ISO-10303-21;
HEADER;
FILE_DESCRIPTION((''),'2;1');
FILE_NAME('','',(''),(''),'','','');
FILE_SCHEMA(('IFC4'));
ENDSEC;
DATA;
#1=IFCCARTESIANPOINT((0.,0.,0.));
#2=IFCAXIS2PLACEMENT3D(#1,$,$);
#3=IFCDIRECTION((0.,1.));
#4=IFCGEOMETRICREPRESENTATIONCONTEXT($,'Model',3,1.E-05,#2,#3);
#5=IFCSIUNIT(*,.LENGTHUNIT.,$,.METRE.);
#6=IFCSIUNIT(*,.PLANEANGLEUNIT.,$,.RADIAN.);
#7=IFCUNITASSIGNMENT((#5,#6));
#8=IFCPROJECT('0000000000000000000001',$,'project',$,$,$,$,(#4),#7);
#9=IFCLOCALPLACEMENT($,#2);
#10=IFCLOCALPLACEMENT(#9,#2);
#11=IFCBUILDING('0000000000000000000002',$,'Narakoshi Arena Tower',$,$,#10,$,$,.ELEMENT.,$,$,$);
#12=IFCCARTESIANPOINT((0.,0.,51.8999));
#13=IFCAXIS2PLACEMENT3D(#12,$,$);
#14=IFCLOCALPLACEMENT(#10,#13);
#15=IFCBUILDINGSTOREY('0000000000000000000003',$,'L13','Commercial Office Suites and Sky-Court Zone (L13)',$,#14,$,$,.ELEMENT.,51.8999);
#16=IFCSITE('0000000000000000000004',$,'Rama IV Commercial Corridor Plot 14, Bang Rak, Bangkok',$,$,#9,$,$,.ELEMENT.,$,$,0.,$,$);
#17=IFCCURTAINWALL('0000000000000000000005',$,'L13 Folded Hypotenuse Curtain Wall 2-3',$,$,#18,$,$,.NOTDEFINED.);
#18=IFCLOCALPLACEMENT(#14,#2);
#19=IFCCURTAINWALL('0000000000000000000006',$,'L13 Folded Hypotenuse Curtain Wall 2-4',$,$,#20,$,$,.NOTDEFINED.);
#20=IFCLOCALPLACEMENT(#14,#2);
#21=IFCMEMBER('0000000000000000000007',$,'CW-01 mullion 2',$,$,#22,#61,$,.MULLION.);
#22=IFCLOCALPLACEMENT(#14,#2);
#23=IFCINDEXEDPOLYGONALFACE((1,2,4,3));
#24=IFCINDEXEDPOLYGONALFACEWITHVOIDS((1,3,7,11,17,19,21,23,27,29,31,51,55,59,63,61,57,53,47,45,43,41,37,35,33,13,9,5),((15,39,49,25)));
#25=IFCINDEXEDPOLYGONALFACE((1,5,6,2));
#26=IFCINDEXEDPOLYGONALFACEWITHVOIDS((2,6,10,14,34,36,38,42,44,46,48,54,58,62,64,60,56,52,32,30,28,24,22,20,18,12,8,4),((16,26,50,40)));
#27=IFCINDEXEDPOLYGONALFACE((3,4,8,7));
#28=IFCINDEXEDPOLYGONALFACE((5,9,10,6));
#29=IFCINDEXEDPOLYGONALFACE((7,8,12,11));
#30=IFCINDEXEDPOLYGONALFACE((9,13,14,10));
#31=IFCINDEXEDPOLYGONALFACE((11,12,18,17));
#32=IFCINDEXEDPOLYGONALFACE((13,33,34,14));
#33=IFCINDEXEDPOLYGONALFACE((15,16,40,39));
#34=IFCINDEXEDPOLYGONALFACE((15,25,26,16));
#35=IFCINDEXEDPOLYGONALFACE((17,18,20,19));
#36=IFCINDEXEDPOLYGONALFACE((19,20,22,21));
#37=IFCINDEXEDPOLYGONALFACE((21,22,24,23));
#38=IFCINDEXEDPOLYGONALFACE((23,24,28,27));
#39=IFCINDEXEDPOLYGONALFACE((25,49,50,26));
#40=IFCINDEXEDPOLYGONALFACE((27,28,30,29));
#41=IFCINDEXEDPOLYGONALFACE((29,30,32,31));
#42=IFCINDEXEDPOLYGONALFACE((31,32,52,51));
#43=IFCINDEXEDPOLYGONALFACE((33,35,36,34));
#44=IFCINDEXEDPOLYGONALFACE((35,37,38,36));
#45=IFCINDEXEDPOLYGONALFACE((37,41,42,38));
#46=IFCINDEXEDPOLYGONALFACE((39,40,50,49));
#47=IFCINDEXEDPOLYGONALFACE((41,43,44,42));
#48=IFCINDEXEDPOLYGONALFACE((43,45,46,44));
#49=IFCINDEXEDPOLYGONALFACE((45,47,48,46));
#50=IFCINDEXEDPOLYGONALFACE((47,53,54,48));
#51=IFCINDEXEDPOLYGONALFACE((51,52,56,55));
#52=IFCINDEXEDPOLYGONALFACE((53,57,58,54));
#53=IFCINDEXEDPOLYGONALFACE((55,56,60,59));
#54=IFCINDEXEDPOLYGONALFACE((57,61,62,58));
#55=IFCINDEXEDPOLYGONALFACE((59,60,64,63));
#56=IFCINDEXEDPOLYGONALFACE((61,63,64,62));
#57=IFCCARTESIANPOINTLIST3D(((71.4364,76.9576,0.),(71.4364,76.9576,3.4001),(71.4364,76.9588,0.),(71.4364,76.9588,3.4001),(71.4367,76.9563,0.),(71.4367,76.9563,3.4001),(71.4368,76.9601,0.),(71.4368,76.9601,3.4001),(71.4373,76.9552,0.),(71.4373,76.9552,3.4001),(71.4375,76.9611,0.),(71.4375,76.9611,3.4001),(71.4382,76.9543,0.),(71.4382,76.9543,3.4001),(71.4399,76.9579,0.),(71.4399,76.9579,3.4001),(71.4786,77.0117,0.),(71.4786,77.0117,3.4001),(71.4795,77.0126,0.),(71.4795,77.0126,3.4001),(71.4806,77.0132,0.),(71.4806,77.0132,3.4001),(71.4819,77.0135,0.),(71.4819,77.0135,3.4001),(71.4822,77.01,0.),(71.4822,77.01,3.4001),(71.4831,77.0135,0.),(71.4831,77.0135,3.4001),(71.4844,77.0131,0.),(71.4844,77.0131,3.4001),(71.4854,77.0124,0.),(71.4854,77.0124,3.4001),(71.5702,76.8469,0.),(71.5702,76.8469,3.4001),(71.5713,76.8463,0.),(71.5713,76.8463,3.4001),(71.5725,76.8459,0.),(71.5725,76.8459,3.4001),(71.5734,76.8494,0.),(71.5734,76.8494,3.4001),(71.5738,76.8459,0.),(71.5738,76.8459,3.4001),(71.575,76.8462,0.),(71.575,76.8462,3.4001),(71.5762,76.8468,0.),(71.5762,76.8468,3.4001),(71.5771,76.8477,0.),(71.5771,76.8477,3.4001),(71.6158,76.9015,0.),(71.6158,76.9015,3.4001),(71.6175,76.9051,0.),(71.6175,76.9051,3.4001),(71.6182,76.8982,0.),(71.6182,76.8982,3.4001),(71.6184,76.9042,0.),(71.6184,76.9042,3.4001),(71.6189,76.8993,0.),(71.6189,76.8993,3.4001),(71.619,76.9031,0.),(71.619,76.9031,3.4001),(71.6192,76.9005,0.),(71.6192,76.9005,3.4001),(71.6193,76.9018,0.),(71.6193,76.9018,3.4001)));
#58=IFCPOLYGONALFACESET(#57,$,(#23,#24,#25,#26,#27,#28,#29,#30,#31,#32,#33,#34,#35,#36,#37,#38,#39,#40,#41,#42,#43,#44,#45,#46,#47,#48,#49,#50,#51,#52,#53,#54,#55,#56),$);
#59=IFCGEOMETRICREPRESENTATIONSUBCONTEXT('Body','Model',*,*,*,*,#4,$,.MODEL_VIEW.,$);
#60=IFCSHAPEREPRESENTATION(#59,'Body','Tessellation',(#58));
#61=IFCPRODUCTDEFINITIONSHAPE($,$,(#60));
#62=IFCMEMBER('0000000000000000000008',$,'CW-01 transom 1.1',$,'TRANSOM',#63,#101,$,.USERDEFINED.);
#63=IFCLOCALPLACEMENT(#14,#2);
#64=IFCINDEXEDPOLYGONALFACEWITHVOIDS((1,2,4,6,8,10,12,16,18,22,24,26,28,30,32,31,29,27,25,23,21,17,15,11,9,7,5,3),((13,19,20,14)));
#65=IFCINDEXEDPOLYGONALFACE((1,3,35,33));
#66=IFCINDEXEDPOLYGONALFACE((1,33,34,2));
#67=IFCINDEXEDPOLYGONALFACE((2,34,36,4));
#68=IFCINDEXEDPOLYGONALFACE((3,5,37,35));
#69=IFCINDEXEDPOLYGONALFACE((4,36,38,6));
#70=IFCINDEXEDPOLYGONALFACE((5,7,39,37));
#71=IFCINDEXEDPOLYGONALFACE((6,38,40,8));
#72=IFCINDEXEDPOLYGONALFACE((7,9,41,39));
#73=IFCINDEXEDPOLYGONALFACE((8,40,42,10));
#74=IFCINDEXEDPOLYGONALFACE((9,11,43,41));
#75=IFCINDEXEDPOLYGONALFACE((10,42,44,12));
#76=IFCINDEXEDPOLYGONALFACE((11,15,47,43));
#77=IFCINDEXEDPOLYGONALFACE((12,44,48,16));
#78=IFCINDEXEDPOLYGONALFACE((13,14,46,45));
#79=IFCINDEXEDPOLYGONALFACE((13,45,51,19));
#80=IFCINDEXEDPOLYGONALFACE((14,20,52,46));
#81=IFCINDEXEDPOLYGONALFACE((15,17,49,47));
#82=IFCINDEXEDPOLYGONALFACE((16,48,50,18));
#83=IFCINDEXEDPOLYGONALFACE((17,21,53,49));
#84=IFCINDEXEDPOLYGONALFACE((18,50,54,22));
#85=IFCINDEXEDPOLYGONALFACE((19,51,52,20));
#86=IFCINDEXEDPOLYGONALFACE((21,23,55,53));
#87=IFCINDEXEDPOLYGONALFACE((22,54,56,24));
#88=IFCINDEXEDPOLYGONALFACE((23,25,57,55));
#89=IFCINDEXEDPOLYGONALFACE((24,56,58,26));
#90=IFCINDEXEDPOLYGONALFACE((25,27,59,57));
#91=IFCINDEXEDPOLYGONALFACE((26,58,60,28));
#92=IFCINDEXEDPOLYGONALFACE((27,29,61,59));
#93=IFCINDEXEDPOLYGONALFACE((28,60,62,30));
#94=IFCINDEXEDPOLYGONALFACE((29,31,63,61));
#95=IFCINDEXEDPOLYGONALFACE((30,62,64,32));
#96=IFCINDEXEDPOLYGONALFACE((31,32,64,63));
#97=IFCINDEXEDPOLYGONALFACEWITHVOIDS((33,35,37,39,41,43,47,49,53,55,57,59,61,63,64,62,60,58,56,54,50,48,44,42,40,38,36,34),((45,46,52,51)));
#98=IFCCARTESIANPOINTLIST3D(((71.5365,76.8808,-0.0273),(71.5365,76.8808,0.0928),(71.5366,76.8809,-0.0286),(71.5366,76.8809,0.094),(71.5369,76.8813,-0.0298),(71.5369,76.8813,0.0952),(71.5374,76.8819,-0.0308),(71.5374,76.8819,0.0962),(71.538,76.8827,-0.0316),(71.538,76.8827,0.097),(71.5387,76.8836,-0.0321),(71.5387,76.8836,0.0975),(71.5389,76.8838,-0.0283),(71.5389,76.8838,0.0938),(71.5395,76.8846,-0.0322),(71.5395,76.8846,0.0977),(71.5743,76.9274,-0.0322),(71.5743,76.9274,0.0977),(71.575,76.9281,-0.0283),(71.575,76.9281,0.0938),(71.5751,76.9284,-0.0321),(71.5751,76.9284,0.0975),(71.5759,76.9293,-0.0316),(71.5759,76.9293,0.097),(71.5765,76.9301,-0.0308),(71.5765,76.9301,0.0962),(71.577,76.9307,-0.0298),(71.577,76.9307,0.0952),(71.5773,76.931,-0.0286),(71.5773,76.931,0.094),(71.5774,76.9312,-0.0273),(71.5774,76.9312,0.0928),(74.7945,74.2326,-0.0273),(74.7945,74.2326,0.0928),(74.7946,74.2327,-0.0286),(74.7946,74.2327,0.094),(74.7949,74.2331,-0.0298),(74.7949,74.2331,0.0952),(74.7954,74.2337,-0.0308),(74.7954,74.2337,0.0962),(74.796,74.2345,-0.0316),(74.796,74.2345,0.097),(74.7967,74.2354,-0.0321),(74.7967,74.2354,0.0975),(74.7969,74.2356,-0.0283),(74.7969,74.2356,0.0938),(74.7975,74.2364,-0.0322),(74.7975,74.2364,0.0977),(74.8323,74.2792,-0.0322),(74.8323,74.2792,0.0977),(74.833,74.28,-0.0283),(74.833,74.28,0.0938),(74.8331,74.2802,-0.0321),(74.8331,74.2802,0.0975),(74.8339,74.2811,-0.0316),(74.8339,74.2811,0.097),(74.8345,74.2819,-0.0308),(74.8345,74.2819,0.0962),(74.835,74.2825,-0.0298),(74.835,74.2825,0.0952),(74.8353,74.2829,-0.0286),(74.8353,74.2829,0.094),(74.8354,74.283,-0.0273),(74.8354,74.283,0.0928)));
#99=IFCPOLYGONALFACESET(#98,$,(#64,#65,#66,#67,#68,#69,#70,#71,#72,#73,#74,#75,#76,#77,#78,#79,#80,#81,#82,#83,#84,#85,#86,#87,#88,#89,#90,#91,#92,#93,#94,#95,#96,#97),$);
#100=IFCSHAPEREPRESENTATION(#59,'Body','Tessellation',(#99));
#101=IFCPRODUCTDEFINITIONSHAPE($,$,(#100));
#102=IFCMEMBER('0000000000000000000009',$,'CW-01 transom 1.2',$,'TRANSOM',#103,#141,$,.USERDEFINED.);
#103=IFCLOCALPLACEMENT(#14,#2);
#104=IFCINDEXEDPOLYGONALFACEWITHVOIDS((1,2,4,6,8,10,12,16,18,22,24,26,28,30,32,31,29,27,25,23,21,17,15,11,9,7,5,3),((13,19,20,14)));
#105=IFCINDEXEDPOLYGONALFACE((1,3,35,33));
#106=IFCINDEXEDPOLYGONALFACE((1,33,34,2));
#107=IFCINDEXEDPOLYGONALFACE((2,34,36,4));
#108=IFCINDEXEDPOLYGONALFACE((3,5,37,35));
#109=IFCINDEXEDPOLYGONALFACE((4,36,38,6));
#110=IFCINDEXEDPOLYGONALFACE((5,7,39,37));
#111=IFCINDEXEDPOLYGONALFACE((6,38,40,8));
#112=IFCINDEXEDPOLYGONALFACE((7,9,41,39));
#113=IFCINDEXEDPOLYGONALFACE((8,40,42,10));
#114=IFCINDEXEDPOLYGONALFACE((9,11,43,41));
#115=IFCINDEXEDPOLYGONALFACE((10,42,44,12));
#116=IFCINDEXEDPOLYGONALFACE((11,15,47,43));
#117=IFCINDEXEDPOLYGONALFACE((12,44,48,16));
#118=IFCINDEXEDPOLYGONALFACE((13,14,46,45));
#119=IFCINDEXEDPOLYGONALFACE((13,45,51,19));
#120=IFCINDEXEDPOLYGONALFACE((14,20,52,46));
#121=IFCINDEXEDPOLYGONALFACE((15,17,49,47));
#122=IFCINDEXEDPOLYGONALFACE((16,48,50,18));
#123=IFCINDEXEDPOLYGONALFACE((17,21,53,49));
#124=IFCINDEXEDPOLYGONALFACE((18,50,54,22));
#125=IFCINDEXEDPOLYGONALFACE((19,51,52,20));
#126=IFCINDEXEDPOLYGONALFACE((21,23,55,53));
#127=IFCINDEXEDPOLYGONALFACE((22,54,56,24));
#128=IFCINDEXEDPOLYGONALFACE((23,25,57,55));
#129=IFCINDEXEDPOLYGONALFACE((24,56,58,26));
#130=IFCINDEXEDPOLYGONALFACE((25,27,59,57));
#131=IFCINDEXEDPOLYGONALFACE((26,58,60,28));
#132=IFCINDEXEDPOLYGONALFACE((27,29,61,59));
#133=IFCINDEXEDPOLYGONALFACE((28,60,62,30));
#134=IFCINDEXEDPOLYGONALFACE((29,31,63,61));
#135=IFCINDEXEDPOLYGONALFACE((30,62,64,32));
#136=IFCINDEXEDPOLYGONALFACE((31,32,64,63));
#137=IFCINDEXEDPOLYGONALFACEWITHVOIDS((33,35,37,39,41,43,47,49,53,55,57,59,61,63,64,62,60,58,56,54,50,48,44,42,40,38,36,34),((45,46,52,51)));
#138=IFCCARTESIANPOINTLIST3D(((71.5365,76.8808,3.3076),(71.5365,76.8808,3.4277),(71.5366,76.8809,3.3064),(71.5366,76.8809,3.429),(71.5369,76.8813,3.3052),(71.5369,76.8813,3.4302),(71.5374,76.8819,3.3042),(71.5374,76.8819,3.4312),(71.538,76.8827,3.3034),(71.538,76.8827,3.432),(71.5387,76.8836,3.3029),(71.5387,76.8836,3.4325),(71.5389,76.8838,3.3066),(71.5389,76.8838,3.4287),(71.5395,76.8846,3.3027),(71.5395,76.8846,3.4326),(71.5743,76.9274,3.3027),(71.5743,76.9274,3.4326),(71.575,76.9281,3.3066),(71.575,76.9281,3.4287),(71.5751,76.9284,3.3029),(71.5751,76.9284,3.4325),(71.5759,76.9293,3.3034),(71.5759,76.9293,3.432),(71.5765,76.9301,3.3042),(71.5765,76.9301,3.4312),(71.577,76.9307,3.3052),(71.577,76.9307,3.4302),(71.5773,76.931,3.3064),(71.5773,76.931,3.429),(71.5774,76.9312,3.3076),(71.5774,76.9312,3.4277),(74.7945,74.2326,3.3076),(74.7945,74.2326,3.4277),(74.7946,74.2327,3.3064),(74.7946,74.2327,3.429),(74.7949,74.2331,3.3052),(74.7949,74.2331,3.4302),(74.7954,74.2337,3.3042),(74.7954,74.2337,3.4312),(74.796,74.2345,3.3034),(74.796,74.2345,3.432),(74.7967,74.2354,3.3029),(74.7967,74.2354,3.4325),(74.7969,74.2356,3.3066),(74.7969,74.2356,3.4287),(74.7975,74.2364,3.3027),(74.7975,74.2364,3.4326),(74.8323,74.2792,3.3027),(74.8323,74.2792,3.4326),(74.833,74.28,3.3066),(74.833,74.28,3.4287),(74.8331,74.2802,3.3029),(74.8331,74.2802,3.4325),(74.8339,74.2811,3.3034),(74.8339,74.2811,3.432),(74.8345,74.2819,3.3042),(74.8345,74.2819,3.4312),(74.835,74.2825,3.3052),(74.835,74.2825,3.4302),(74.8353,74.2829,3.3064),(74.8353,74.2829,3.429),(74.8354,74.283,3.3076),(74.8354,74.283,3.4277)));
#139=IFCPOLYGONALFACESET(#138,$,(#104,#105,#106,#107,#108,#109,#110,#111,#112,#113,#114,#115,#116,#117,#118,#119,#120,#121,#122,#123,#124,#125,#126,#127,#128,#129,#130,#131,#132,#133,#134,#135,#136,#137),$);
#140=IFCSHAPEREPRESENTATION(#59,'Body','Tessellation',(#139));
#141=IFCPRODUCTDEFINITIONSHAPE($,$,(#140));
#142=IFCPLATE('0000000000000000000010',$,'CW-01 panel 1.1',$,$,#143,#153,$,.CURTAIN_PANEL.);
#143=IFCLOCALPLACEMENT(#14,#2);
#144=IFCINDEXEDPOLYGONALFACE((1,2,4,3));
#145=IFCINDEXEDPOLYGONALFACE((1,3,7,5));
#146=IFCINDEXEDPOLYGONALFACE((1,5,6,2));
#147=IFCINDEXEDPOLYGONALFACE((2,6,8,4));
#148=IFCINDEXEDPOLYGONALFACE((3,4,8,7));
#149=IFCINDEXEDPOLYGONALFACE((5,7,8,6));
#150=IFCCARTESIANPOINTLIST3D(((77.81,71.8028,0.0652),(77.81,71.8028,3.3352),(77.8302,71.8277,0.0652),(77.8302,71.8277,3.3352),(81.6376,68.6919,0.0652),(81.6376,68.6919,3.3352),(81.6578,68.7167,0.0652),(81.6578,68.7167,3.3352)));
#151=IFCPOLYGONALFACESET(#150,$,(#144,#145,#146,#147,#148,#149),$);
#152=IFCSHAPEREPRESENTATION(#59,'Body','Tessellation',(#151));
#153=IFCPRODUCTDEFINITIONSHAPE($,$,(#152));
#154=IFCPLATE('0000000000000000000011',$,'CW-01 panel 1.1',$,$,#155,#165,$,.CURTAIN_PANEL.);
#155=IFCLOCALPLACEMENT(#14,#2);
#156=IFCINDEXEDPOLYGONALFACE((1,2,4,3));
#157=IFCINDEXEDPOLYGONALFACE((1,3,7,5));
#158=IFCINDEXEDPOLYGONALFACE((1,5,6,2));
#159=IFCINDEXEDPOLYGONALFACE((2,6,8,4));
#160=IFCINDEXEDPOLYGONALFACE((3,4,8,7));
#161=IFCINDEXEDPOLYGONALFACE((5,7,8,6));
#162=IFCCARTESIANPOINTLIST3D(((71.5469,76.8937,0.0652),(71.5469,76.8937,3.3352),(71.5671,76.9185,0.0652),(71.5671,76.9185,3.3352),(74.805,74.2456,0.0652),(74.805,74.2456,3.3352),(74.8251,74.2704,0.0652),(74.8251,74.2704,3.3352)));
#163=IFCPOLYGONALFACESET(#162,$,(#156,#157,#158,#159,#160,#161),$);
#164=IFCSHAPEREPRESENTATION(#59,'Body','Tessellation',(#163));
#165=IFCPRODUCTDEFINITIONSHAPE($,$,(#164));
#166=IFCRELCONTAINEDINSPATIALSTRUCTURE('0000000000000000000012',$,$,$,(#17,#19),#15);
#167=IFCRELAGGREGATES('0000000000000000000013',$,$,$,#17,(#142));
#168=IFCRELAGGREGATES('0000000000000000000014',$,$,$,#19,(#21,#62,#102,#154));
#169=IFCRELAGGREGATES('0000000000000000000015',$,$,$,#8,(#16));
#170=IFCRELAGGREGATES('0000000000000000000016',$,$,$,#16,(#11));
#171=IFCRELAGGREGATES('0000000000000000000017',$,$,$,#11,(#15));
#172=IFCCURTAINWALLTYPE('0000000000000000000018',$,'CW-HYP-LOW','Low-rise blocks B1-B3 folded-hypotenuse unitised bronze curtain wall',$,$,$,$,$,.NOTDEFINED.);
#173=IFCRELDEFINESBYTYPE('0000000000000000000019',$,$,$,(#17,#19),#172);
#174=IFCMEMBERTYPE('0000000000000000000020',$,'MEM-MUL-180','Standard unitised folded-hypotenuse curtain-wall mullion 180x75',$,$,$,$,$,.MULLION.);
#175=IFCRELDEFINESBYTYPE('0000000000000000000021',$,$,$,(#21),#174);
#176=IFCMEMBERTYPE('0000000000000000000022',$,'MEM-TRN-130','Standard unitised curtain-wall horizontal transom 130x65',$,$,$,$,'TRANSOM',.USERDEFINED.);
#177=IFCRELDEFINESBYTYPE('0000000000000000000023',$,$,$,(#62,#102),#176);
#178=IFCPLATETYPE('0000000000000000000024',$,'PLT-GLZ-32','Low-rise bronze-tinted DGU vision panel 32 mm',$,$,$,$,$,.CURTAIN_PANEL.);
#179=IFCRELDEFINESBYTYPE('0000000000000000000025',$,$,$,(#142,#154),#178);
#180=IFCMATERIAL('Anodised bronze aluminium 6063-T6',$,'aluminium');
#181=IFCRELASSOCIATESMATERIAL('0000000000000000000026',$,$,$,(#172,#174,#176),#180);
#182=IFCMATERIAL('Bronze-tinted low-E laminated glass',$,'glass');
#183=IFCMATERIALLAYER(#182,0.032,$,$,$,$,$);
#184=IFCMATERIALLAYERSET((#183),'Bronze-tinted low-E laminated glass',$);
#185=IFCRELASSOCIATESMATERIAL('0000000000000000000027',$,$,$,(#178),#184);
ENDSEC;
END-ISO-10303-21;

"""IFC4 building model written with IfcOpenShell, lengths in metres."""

from ifc_helpers import new_model, si_unit, direction, frame, origin, origin_2d, place, context, subcontext, project, spatial, rectangle, hollow_rectangle, extrude, material, layer, layer_set, material_profile, profile_set, type_object, element, aggregate, save


model = new_model("IFC4")

# Units and contexts
model_context = context("Model", 3, precision=1e-05, world=origin(), true_north=direction((0.0, 1.0)))
body_context = subcontext(model_context, "Body", "Model", "MODEL_VIEW")
ifc_project = project(units=[si_unit("LENGTHUNIT", "METRE"), si_unit("PLANEANGLEUNIT", "RADIAN")], contexts=[model_context])

# Site, building, storey
site_placement = place(None, origin())
site = spatial("IfcSite", under=ifc_project, at=site_placement, Name="Rama IV Commercial Corridor Plot 14, Bang Rak, Bangkok", CompositionType="ELEMENT", RefElevation=0.0)
building_placement = place(site_placement, origin())
building = spatial("IfcBuilding", under=site, at=building_placement, Name="Narakoshi Arena Tower", CompositionType="ELEMENT")
storey_placement = place(building_placement, frame((0.0, 0.0, 51.8999)))
storey = spatial("IfcBuildingStorey", under=building, at=storey_placement, Name="L13", Description="Commercial Office Suites and Sky-Court Zone (L13)", CompositionType="ELEMENT", Elevation=51.8999)

# Curtain wall
ifc_material_1 = material(Name="Anodised bronze aluminium 6063-T6", Category="aluminium")
curtain_wall_type = type_object("IfcCurtainWallType", Name="CW-HYP-LOW", Description="Low-rise blocks B1-B3 folded-hypotenuse unitised bronze curtain wall", PredefinedType="NOTDEFINED", material=ifc_material_1)
curtain_wall_1_placement = place(storey_placement, origin())
curtain_wall_1 = element("IfcCurtainWall", 1, at=curtain_wall_1_placement, inside=storey, type_object=curtain_wall_type, Name="L13 Folded Hypotenuse Curtain Wall 2-3", PredefinedType="NOTDEFINED")
ifc_material_profile_1 = material_profile(ifc_material_1, hollow_rectangle(XDim=0.075, YDim=0.1799, WallThickness=0.0039, OuterFilletRadius=0.0049, at=origin_2d()), Name="MUL180x75x4")
ifc_profile_set_1 = profile_set([ifc_material_profile_1], Name="Anodised bronze aluminium 6063-T6")
member_type_1 = type_object("IfcMemberType", Name="MEM-MUL-180", Description="Standard unitised folded-hypotenuse curtain-wall mullion 180x75", PredefinedType="MULLION", material=ifc_profile_set_1)

# Curtain wall, members
curtain_wall_2_placement = place(storey_placement, origin())
curtain_wall_2 = element("IfcCurtainWall", 2, at=curtain_wall_2_placement, inside=storey, type_object=curtain_wall_type, Name="L13 Folded Hypotenuse Curtain Wall 2-4", PredefinedType="NOTDEFINED")
member_1_placement = place(storey_placement, frame((71.5278, 76.9297, 0.0), z_axis=(0.0, 0.0, 1.0), x_axis=(-0.630734, -0.775999, 0.0)))
member_1 = element("IfcMember", 3, at=member_1_placement, type_object=member_type_1, Name="CW-01 mullion 2", PredefinedType="MULLION", context=body_context, shape_type="SweptSolid", body=[
    extrude(hollow_rectangle(XDim=0.075, YDim=0.1799, WallThickness=0.0039, OuterFilletRadius=0.0049, at=origin_2d()), origin(), (0.0, 0.0, 1.0), 3.4001),
])
ifc_material_profile_2 = material_profile(ifc_material_1, hollow_rectangle(XDim=0.0649, YDim=0.1299, WallThickness=0.0039, OuterFilletRadius=0.0049, at=origin_2d()), Name="TRN130x65x4")
ifc_profile_set_2 = profile_set([ifc_material_profile_2], Name="Anodised bronze aluminium 6063-T6")
member_type_2 = type_object("IfcMemberType", Name="MEM-TRN-130", Description="Standard unitised curtain-wall horizontal transom 130x65", ElementType="TRANSOM", PredefinedType="USERDEFINED", material=ifc_profile_set_2)
member_2_placement = place(storey_placement, frame((74.8149, 74.2578, 0.0327), z_axis=(-0.775995, 0.630739, 0.0), x_axis=(-0.630739, -0.775995, 0.0)))
member_2 = element("IfcMember", 4, at=member_2_placement, type_object=member_type_2, Name="CW-01 transom 1.1", ObjectType="TRANSOM", PredefinedType="USERDEFINED", context=body_context, shape_type="SweptSolid", body=[
    extrude(hollow_rectangle(XDim=0.0649, YDim=0.1299, WallThickness=0.0039, OuterFilletRadius=0.0049, at=origin_2d()), origin(), (0.0, 0.0, 1.0), 4.1985),
])
member_3_placement = place(storey_placement, frame((74.8149, 74.2578, 3.3677), z_axis=(-0.775995, 0.630739, 0.0), x_axis=(-0.630739, -0.775995, 0.0)))
member_3 = element("IfcMember", 5, at=member_3_placement, type_object=member_type_2, Name="CW-01 transom 1.2", ObjectType="TRANSOM", PredefinedType="USERDEFINED", context=body_context, shape_type="SweptSolid", body=[
    extrude(hollow_rectangle(XDim=0.0649, YDim=0.1299, WallThickness=0.0039, OuterFilletRadius=0.0049, at=origin_2d()), origin(), (0.0, 0.0, 1.0), 4.1985),
])

# Plates
ifc_material_2 = material(Name="Bronze-tinted low-E laminated glass", Category="glass")
ifc_layer_1 = layer(ifc_material_2, 0.032)
ifc_layer_set_1 = layer_set([ifc_layer_1], Name="Bronze-tinted low-E laminated glass")
plate_type = type_object("IfcPlateType", Name="PLT-GLZ-32", Description="Low-rise bronze-tinted DGU vision panel 32 mm", PredefinedType="CURTAIN_PANEL", material=ifc_layer_set_1)
plate_1_placement = place(storey_placement, frame((79.7339, 70.2598, 0.0652), z_axis=(0.0, 0.0, 1.0), x_axis=(-0.776008, 0.630723, 0.0)))
plate_1 = element("IfcPlate", 6, at=plate_1_placement, type_object=plate_type, Name="CW-01 panel 1.1", PredefinedType="CURTAIN_PANEL", context=body_context, shape_type="SweptSolid", body=[
    extrude(rectangle(XDim=4.9324, YDim=0.032, at=origin_2d()), origin(), (0.0, 0.0, 1.0), 3.27),
])
aggregate(curtain_wall_1, [plate_1])
plate_2_placement = place(storey_placement, frame((73.186, 75.582, 0.0652), z_axis=(0.0, 0.0, 1.0), x_axis=(-0.775999, 0.630734, 0.0)))
plate_2 = element("IfcPlate", 7, at=plate_2_placement, type_object=plate_type, Name="CW-01 panel 1.1", PredefinedType="CURTAIN_PANEL", context=body_context, shape_type="SweptSolid", body=[
    extrude(rectangle(XDim=4.1985, YDim=0.032, at=origin_2d()), origin(), (0.0, 0.0, 1.0), 3.27),
])
aggregate(curtain_wall_2, [member_1, member_2, member_3, plate_2])

save(model, "model.ifc")
